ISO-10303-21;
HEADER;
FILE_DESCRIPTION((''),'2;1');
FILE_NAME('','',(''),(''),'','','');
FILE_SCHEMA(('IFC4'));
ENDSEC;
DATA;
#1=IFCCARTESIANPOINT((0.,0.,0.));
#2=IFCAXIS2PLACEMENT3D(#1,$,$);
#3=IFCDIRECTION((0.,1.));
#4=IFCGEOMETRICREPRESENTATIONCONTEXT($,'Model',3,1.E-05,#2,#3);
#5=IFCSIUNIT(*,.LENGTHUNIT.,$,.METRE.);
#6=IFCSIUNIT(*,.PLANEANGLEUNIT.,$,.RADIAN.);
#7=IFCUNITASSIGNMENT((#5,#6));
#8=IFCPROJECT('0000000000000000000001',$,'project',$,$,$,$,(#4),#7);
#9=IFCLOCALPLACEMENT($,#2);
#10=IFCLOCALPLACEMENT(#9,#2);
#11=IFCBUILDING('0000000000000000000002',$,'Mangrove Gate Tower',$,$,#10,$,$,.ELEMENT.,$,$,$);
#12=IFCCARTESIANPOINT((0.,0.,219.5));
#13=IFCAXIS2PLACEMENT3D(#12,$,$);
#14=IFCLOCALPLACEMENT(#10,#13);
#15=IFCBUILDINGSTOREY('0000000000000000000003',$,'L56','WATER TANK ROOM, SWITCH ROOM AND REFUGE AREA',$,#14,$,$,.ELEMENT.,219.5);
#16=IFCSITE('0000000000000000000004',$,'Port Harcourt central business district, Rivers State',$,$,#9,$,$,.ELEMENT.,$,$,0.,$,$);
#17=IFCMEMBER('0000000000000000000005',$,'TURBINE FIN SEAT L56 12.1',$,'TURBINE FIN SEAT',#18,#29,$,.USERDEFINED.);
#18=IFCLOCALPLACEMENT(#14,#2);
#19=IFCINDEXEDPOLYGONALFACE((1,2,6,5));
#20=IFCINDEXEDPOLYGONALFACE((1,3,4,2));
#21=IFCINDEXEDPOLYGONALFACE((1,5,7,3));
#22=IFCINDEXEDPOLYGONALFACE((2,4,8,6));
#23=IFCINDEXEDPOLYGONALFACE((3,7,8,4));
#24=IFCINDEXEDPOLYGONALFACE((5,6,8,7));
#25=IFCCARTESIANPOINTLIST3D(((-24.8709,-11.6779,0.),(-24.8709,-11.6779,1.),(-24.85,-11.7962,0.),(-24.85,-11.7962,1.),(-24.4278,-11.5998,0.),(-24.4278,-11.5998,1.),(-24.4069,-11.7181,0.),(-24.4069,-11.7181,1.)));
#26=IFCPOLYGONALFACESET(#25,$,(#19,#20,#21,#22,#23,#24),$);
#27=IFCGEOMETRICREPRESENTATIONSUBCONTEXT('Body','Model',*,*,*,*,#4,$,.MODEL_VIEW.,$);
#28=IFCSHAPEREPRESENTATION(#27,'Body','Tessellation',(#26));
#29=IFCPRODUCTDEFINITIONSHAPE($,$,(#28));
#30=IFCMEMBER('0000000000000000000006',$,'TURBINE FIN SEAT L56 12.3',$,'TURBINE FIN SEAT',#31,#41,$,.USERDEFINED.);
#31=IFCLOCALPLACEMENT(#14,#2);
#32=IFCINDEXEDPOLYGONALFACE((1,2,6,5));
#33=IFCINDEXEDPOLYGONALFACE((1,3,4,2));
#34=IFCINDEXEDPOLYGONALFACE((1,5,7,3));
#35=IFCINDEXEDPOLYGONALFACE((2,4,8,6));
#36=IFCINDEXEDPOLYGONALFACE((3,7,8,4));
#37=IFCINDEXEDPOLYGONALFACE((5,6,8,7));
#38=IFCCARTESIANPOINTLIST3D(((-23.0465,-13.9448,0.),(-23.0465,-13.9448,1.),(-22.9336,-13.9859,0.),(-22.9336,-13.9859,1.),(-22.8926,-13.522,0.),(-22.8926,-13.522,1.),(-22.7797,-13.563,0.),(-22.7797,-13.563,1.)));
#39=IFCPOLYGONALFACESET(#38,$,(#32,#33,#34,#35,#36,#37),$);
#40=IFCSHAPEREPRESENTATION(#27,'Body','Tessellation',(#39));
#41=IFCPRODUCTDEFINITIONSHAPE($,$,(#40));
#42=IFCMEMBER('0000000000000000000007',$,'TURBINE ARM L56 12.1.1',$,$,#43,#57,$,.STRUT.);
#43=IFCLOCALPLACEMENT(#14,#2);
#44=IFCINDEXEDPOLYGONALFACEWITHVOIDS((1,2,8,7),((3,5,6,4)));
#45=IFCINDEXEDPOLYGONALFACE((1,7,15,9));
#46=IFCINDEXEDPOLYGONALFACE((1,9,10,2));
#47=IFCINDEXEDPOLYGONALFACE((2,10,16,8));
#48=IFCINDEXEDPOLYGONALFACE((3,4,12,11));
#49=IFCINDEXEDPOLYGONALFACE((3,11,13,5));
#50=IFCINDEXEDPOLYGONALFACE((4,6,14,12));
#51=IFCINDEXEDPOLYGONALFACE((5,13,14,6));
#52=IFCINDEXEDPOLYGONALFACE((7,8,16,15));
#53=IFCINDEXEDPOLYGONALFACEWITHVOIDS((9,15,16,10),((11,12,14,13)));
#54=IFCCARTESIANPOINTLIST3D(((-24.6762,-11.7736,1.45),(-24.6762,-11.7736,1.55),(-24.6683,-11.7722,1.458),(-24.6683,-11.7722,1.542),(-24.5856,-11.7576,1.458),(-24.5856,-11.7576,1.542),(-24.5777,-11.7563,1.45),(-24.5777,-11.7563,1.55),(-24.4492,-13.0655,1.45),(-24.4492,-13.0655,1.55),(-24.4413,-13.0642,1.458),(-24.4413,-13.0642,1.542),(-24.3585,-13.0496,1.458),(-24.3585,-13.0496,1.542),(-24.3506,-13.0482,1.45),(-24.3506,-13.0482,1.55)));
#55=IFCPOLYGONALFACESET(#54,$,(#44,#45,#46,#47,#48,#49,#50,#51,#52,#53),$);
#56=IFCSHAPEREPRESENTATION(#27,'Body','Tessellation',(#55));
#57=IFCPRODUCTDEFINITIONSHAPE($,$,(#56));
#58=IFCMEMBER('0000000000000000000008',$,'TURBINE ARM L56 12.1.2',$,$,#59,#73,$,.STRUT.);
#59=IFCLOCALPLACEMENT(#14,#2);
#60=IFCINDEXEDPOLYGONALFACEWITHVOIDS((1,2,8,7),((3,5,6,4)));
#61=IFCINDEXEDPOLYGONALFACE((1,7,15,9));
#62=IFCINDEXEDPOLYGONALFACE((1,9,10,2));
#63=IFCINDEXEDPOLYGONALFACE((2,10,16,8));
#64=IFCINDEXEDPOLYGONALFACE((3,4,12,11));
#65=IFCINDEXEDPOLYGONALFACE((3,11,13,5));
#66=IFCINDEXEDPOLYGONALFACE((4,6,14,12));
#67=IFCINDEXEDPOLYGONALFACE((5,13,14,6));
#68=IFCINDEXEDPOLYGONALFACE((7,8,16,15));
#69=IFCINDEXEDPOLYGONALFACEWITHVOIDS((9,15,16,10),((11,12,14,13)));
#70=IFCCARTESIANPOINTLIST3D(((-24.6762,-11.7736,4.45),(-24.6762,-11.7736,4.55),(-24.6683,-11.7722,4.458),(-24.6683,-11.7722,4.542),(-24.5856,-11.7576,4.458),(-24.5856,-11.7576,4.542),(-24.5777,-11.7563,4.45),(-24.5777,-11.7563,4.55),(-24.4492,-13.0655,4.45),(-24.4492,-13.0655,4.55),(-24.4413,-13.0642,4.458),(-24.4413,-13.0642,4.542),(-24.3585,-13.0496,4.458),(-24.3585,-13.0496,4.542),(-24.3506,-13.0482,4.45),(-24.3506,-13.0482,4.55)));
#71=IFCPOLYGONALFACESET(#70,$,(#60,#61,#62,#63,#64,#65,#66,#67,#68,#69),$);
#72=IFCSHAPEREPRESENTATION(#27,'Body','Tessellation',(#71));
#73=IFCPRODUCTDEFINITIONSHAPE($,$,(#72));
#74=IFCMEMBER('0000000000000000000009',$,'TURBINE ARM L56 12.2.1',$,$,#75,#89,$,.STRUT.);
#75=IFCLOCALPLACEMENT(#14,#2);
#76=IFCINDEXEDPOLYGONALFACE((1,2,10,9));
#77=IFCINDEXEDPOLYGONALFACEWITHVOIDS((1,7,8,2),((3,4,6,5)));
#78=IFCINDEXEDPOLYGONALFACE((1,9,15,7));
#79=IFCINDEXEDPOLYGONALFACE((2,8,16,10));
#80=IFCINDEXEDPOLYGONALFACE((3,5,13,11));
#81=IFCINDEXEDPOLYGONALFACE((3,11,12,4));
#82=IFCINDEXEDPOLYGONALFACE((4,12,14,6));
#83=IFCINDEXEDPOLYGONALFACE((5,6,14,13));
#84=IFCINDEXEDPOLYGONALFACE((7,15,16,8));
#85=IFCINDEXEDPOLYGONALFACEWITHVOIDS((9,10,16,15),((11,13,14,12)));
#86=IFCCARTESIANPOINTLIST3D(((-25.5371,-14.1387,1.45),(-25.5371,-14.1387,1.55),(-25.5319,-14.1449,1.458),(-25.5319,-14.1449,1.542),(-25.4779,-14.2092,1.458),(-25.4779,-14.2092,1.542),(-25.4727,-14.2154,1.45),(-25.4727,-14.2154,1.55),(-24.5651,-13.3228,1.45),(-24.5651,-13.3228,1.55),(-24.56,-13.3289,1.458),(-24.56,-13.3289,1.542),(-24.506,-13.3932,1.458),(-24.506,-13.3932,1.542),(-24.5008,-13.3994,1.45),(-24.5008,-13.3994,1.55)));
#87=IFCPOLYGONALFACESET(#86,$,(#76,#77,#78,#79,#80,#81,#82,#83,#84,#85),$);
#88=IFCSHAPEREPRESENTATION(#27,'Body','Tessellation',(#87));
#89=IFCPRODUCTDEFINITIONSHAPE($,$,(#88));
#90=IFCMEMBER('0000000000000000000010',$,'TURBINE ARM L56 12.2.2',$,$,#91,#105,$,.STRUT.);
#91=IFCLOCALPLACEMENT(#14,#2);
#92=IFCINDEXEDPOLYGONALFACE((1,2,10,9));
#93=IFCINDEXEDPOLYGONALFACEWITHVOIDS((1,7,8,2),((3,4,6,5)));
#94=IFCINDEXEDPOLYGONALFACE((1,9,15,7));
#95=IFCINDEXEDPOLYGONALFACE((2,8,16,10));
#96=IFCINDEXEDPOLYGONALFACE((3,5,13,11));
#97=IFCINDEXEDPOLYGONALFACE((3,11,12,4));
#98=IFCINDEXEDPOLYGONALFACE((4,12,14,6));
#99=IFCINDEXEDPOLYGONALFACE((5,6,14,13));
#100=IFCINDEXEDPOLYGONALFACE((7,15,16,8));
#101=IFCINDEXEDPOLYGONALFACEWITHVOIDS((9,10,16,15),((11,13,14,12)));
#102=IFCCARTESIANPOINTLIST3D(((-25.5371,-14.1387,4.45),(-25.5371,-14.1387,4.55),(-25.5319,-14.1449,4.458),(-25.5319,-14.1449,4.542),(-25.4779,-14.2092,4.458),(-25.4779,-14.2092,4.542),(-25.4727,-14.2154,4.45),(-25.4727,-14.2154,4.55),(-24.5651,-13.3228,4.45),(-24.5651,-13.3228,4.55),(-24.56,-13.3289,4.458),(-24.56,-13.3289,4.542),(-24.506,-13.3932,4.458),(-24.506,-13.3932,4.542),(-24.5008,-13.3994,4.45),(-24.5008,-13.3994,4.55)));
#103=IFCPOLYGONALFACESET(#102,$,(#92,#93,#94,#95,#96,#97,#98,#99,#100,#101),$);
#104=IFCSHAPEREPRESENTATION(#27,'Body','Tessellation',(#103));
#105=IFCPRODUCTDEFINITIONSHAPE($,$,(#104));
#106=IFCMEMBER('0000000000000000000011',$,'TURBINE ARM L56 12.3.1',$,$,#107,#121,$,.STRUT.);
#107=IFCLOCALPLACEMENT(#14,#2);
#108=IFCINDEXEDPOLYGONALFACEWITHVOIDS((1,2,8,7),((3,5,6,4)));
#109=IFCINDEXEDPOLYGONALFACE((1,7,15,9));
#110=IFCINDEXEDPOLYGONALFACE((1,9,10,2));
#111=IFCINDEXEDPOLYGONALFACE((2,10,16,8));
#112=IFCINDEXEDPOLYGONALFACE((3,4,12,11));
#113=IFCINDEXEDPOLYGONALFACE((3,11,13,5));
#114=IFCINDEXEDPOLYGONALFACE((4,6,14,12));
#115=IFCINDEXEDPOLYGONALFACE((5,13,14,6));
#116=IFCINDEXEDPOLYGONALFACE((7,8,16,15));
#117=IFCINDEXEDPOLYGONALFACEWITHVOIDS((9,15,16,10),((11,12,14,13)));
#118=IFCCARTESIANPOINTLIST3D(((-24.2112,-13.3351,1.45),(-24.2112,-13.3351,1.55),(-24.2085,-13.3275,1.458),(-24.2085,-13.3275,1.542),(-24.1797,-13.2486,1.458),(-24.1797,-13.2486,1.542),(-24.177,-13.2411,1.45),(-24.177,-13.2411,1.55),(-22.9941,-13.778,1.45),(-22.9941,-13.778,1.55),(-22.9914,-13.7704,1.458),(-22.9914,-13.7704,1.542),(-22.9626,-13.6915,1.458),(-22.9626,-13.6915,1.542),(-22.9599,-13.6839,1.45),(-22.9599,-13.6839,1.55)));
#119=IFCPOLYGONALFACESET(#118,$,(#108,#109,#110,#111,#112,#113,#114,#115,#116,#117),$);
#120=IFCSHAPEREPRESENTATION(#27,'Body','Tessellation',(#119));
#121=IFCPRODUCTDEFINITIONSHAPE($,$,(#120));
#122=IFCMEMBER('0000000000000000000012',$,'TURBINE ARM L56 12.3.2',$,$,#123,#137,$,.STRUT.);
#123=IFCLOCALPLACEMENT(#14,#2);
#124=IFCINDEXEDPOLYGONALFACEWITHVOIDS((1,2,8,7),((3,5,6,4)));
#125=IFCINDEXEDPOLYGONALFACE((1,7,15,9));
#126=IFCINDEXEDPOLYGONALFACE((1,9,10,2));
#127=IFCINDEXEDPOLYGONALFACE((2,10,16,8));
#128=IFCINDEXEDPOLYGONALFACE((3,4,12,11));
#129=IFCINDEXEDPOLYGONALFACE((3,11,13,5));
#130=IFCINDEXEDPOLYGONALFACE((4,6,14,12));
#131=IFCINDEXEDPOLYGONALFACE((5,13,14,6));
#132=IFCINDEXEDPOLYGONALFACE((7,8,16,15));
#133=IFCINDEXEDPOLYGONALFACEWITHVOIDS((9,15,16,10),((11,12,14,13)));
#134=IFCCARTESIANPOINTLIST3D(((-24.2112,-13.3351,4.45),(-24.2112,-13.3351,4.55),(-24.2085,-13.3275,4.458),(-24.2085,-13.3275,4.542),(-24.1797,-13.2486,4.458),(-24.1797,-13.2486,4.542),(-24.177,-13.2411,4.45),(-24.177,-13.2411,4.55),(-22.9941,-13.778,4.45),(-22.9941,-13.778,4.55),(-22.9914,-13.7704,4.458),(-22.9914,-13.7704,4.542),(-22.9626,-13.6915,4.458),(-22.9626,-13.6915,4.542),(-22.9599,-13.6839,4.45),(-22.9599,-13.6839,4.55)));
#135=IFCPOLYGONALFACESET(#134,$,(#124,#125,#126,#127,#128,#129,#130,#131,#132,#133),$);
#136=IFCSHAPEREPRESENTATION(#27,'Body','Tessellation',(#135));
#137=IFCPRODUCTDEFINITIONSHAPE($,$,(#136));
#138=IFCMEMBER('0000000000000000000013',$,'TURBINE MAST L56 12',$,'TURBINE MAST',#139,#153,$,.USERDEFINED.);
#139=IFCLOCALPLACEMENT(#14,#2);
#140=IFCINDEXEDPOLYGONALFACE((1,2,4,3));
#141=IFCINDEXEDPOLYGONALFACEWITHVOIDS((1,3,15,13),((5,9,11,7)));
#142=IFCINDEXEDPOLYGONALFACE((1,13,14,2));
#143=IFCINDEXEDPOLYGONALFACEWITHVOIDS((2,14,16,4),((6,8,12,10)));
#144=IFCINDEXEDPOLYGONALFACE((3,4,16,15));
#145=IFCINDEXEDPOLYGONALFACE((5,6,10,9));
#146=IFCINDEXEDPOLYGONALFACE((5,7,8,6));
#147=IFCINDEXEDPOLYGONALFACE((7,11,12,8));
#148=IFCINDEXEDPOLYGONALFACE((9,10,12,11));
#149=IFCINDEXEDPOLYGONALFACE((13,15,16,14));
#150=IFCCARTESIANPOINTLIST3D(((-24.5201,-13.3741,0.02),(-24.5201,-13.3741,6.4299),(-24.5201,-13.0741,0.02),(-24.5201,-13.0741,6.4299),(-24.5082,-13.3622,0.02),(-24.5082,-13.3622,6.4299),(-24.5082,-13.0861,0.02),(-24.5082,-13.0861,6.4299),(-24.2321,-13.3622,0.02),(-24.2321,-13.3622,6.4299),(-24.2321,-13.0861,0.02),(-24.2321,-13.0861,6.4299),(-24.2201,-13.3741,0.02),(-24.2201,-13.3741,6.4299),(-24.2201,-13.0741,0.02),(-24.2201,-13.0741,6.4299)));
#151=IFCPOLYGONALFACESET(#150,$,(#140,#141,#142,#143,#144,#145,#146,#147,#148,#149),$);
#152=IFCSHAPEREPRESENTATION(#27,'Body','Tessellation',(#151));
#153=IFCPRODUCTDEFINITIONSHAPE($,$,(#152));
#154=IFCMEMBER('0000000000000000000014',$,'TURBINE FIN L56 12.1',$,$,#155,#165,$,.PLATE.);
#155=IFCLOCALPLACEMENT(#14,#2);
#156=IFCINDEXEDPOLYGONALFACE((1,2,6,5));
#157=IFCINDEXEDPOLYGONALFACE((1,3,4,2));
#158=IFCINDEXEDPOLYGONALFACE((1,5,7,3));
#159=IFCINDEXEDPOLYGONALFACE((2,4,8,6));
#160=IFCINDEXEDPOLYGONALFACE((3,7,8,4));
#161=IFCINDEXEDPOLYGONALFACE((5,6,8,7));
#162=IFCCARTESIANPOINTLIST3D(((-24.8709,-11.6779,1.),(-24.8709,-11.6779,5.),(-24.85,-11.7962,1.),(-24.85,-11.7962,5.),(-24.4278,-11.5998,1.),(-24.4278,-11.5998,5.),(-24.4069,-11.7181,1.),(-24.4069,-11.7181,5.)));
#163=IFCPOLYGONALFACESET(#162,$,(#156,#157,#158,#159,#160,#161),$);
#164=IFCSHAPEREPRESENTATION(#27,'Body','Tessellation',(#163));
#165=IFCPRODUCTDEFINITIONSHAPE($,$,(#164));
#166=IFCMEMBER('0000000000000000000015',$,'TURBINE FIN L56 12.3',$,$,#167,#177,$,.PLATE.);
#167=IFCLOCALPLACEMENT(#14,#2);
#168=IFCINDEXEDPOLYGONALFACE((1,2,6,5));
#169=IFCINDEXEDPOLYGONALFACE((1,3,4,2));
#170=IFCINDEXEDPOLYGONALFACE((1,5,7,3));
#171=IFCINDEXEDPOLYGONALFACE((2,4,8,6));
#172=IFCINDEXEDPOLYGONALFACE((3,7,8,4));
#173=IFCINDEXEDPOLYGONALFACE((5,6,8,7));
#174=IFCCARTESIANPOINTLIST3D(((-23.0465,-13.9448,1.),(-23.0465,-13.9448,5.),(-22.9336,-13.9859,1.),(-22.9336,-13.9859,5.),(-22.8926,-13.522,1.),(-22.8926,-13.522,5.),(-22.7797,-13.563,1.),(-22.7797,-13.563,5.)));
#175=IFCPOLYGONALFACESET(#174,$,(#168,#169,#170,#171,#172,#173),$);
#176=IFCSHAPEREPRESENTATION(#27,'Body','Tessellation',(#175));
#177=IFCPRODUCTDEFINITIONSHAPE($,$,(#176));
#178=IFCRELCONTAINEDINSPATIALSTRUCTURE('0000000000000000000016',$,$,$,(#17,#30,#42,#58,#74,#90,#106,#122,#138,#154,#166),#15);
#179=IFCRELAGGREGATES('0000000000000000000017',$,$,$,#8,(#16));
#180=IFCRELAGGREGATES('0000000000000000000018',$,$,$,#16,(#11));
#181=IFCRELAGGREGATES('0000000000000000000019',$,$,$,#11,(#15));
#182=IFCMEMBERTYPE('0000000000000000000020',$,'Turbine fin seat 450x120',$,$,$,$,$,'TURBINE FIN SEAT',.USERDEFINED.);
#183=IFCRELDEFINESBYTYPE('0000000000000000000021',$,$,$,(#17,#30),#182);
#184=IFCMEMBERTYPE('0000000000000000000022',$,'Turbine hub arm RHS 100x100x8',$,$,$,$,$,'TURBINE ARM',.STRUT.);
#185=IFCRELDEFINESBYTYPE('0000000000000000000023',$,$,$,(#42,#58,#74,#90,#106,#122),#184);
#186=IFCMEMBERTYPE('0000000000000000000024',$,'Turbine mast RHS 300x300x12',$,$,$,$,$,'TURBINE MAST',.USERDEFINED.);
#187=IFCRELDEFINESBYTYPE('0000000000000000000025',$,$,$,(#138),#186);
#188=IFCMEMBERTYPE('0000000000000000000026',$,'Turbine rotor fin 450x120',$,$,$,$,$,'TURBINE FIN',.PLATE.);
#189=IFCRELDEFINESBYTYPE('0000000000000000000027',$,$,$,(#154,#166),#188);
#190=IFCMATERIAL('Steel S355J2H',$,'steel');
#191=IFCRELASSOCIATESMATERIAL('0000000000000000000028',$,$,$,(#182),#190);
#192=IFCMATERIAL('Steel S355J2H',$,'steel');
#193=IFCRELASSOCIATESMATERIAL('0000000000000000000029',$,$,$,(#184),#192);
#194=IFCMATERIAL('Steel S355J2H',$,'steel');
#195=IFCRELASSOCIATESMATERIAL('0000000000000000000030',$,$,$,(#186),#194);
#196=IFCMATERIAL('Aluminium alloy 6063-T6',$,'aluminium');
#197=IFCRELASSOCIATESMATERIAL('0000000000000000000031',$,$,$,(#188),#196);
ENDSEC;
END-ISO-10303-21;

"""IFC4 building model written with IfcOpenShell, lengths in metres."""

from ifc_helpers import new_model, si_unit, direction, frame, origin, origin_2d, place, context, subcontext, project, spatial, rectangle, hollow_rectangle, extrude, material, material_profile, profile_set, type_object, element, save


model = new_model("IFC4")

# Units and contexts
model_context = context("Model", 3, precision=1e-05, world=origin(), true_north=direction((0.0, 1.0)))
body_context = subcontext(model_context, "Body", "Model", "MODEL_VIEW")
ifc_project = project(units=[si_unit("LENGTHUNIT", "METRE"), si_unit("PLANEANGLEUNIT", "RADIAN")], contexts=[model_context])

# Site, building, storey
site_placement = place(None, origin())
site = spatial("IfcSite", under=ifc_project, at=site_placement, Name="Port Harcourt central business district, Rivers State", CompositionType="ELEMENT", RefElevation=0.0)
building_placement = place(site_placement, origin())
building = spatial("IfcBuilding", under=site, at=building_placement, Name="Mangrove Gate Tower", CompositionType="ELEMENT")
storey_placement = place(building_placement, frame((0.0, 0.0, 219.5)))
storey = spatial("IfcBuildingStorey", under=building, at=storey_placement, Name="L56", Description="WATER TANK ROOM, SWITCH ROOM AND REFUGE AREA", CompositionType="ELEMENT", Elevation=219.5)

# Members
ifc_material_1 = material(Name="Steel S355J2H", Category="steel")
ifc_material_profile_1 = material_profile(ifc_material_1, rectangle(XDim=0.45, YDim=0.1201, at=origin_2d()))
ifc_profile_set_1 = profile_set([ifc_material_profile_1], Name="Steel S355J2H")
member_type_1 = type_object("IfcMemberType", Name="Turbine fin seat 450x120", ElementType="TURBINE FIN SEAT", PredefinedType="USERDEFINED", material=ifc_profile_set_1)
for number, where, z_axis, x_axis, name in (
    (1, (-24.6389, -11.698, 0.0), (0.0, 0.0, 1.0), (-0.984808, -0.173648, 0.0), "TURBINE FIN SEAT L56 12.1"),
    (2, (-22.9131, -13.7539, 0.0), (0.0, 0.0, 1.0), (0.34202, 0.939693, 0.0), "TURBINE FIN SEAT L56 12.3"),
):
    element("IfcMember", number, at=place(storey_placement, frame(where, z_axis=z_axis, x_axis=x_axis)), inside=storey, type_object=member_type_1, Name=name, ObjectType="TURBINE FIN SEAT", PredefinedType="USERDEFINED", context=body_context, shape_type="SweptSolid", body=[
        extrude(rectangle(XDim=0.45, YDim=0.1201, at=origin_2d()), origin(), (0.0, 0.0, 1.0), 1.0),
    ])
ifc_material_2 = material(Name="Steel S355J2H", Category="steel")
ifc_material_profile_2 = material_profile(ifc_material_2, hollow_rectangle(XDim=0.1001, YDim=0.1001, WallThickness=0.0081, at=origin_2d()))
ifc_profile_set_2 = profile_set([ifc_material_profile_2], Name="Steel S355J2H")
member_type_2 = type_object("IfcMemberType", Name="Turbine hub arm RHS 100x100x8", ElementType="TURBINE ARM", PredefinedType="STRUT", material=ifc_profile_set_2)
for number, where, z_axis, x_axis, name in (
    (3, (-24.3999, -13.0569, 1.5), (-0.173085, 0.984907, 0.0), (-0.984907, -0.173085, 0.0), "TURBINE ARM L56 12.1.1"),
    (4, (-24.3999, -13.0569, 4.5), (-0.173085, 0.984907, 0.0), (-0.984907, -0.173085, 0.0), "TURBINE ARM L56 12.1.2"),
):
    element("IfcMember", number, at=place(storey_placement, frame(where, z_axis=z_axis, x_axis=x_axis)), inside=storey, type_object=member_type_2, Name=name, PredefinedType="STRUT", context=body_context, shape_type="SweptSolid", body=[
        extrude(hollow_rectangle(XDim=0.1001, YDim=0.1001, WallThickness=0.0081, at=origin_2d()), origin(), (0.0, 0.0, 1.0), 1.3118),
    ])
for number, where, z_axis, x_axis, name in (
    (5, (-24.533, -13.3611, 1.5), (-0.765898, -0.642962, 0.0), (0.642962, -0.765898, 0.0), "TURBINE ARM L56 12.2.1"),
    (6, (-24.533, -13.3611, 4.5), (-0.765898, -0.642962, 0.0), (0.642962, -0.765898, 0.0), "TURBINE ARM L56 12.2.2"),
):
    element("IfcMember", number, at=place(storey_placement, frame(where, z_axis=z_axis, x_axis=x_axis)), inside=storey, type_object=member_type_2, Name=name, PredefinedType="STRUT", context=body_context, shape_type="SweptSolid", body=[
        extrude(hollow_rectangle(XDim=0.1001, YDim=0.1001, WallThickness=0.0081, at=origin_2d()), origin(), (0.0, 0.0, 1.0), 1.269),
    ])
for number, where, z_axis, x_axis, name in (
    (7, (-24.1941, -13.2881, 1.5), (0.939716, -0.341955, 0.0), (0.341955, 0.939716, 0.0), "TURBINE ARM L56 12.3.1"),
    (8, (-24.1941, -13.2881, 4.5), (0.939716, -0.341955, 0.0), (0.341955, 0.939716, 0.0), "TURBINE ARM L56 12.3.2"),
):
    element("IfcMember", number, at=place(storey_placement, frame(where, z_axis=z_axis, x_axis=x_axis)), inside=storey, type_object=member_type_2, Name=name, PredefinedType="STRUT", context=body_context, shape_type="SweptSolid", body=[
        extrude(hollow_rectangle(XDim=0.1001, YDim=0.1001, WallThickness=0.0081, at=origin_2d()), origin(), (0.0, 0.0, 1.0), 1.2952),
    ])
ifc_material_3 = material(Name="Steel S355J2H", Category="steel")
ifc_material_profile_3 = material_profile(ifc_material_3, hollow_rectangle(XDim=0.3, YDim=0.3, WallThickness=0.012, at=origin_2d()))
ifc_profile_set_3 = profile_set([ifc_material_profile_3], Name="Steel S355J2H")
member_type_3 = type_object("IfcMemberType", Name="Turbine mast RHS 300x300x12", ElementType="TURBINE MAST", PredefinedType="USERDEFINED", material=ifc_profile_set_3)
member_placement = place(storey_placement, frame((-24.3701, -13.2241, 0.02), z_axis=(0.0, 0.0, 1.0), x_axis=(1.0, 0.0, 0.0)))
element("IfcMember", 9, at=member_placement, inside=storey, type_object=member_type_3, Name="TURBINE MAST L56 12", ObjectType="TURBINE MAST", PredefinedType="USERDEFINED", context=body_context, shape_type="SweptSolid", body=[
    extrude(hollow_rectangle(XDim=0.3, YDim=0.3, WallThickness=0.012, at=origin_2d()), origin(), (0.0, 0.0, 1.0), 6.4099),
])
ifc_material_4 = material(Name="Aluminium alloy 6063-T6", Category="aluminium")
ifc_material_profile_4 = material_profile(ifc_material_4, rectangle(XDim=0.45, YDim=0.1201, at=origin_2d()))
ifc_profile_set_4 = profile_set([ifc_material_profile_4], Name="Aluminium alloy 6063-T6")
member_type_4 = type_object("IfcMemberType", Name="Turbine rotor fin 450x120", ElementType="TURBINE FIN", PredefinedType="PLATE", material=ifc_profile_set_4)
for number, where, z_axis, x_axis, name in (
    (10, (-24.6389, -11.698, 1.0), (0.0, 0.0, 1.0), (-0.984808, -0.173648, 0.0), "TURBINE FIN L56 12.1"),
    (11, (-22.9131, -13.7539, 1.0), (0.0, 0.0, 1.0), (0.34202, 0.939693, 0.0), "TURBINE FIN L56 12.3"),
):
    element("IfcMember", number, at=place(storey_placement, frame(where, z_axis=z_axis, x_axis=x_axis)), inside=storey, type_object=member_type_4, Name=name, PredefinedType="PLATE", context=body_context, shape_type="SweptSolid", body=[
        extrude(rectangle(XDim=0.45, YDim=0.1201, at=origin_2d()), origin(), (0.0, 0.0, 1.0), 4.0),
    ])

save(model, "model.ifc")
